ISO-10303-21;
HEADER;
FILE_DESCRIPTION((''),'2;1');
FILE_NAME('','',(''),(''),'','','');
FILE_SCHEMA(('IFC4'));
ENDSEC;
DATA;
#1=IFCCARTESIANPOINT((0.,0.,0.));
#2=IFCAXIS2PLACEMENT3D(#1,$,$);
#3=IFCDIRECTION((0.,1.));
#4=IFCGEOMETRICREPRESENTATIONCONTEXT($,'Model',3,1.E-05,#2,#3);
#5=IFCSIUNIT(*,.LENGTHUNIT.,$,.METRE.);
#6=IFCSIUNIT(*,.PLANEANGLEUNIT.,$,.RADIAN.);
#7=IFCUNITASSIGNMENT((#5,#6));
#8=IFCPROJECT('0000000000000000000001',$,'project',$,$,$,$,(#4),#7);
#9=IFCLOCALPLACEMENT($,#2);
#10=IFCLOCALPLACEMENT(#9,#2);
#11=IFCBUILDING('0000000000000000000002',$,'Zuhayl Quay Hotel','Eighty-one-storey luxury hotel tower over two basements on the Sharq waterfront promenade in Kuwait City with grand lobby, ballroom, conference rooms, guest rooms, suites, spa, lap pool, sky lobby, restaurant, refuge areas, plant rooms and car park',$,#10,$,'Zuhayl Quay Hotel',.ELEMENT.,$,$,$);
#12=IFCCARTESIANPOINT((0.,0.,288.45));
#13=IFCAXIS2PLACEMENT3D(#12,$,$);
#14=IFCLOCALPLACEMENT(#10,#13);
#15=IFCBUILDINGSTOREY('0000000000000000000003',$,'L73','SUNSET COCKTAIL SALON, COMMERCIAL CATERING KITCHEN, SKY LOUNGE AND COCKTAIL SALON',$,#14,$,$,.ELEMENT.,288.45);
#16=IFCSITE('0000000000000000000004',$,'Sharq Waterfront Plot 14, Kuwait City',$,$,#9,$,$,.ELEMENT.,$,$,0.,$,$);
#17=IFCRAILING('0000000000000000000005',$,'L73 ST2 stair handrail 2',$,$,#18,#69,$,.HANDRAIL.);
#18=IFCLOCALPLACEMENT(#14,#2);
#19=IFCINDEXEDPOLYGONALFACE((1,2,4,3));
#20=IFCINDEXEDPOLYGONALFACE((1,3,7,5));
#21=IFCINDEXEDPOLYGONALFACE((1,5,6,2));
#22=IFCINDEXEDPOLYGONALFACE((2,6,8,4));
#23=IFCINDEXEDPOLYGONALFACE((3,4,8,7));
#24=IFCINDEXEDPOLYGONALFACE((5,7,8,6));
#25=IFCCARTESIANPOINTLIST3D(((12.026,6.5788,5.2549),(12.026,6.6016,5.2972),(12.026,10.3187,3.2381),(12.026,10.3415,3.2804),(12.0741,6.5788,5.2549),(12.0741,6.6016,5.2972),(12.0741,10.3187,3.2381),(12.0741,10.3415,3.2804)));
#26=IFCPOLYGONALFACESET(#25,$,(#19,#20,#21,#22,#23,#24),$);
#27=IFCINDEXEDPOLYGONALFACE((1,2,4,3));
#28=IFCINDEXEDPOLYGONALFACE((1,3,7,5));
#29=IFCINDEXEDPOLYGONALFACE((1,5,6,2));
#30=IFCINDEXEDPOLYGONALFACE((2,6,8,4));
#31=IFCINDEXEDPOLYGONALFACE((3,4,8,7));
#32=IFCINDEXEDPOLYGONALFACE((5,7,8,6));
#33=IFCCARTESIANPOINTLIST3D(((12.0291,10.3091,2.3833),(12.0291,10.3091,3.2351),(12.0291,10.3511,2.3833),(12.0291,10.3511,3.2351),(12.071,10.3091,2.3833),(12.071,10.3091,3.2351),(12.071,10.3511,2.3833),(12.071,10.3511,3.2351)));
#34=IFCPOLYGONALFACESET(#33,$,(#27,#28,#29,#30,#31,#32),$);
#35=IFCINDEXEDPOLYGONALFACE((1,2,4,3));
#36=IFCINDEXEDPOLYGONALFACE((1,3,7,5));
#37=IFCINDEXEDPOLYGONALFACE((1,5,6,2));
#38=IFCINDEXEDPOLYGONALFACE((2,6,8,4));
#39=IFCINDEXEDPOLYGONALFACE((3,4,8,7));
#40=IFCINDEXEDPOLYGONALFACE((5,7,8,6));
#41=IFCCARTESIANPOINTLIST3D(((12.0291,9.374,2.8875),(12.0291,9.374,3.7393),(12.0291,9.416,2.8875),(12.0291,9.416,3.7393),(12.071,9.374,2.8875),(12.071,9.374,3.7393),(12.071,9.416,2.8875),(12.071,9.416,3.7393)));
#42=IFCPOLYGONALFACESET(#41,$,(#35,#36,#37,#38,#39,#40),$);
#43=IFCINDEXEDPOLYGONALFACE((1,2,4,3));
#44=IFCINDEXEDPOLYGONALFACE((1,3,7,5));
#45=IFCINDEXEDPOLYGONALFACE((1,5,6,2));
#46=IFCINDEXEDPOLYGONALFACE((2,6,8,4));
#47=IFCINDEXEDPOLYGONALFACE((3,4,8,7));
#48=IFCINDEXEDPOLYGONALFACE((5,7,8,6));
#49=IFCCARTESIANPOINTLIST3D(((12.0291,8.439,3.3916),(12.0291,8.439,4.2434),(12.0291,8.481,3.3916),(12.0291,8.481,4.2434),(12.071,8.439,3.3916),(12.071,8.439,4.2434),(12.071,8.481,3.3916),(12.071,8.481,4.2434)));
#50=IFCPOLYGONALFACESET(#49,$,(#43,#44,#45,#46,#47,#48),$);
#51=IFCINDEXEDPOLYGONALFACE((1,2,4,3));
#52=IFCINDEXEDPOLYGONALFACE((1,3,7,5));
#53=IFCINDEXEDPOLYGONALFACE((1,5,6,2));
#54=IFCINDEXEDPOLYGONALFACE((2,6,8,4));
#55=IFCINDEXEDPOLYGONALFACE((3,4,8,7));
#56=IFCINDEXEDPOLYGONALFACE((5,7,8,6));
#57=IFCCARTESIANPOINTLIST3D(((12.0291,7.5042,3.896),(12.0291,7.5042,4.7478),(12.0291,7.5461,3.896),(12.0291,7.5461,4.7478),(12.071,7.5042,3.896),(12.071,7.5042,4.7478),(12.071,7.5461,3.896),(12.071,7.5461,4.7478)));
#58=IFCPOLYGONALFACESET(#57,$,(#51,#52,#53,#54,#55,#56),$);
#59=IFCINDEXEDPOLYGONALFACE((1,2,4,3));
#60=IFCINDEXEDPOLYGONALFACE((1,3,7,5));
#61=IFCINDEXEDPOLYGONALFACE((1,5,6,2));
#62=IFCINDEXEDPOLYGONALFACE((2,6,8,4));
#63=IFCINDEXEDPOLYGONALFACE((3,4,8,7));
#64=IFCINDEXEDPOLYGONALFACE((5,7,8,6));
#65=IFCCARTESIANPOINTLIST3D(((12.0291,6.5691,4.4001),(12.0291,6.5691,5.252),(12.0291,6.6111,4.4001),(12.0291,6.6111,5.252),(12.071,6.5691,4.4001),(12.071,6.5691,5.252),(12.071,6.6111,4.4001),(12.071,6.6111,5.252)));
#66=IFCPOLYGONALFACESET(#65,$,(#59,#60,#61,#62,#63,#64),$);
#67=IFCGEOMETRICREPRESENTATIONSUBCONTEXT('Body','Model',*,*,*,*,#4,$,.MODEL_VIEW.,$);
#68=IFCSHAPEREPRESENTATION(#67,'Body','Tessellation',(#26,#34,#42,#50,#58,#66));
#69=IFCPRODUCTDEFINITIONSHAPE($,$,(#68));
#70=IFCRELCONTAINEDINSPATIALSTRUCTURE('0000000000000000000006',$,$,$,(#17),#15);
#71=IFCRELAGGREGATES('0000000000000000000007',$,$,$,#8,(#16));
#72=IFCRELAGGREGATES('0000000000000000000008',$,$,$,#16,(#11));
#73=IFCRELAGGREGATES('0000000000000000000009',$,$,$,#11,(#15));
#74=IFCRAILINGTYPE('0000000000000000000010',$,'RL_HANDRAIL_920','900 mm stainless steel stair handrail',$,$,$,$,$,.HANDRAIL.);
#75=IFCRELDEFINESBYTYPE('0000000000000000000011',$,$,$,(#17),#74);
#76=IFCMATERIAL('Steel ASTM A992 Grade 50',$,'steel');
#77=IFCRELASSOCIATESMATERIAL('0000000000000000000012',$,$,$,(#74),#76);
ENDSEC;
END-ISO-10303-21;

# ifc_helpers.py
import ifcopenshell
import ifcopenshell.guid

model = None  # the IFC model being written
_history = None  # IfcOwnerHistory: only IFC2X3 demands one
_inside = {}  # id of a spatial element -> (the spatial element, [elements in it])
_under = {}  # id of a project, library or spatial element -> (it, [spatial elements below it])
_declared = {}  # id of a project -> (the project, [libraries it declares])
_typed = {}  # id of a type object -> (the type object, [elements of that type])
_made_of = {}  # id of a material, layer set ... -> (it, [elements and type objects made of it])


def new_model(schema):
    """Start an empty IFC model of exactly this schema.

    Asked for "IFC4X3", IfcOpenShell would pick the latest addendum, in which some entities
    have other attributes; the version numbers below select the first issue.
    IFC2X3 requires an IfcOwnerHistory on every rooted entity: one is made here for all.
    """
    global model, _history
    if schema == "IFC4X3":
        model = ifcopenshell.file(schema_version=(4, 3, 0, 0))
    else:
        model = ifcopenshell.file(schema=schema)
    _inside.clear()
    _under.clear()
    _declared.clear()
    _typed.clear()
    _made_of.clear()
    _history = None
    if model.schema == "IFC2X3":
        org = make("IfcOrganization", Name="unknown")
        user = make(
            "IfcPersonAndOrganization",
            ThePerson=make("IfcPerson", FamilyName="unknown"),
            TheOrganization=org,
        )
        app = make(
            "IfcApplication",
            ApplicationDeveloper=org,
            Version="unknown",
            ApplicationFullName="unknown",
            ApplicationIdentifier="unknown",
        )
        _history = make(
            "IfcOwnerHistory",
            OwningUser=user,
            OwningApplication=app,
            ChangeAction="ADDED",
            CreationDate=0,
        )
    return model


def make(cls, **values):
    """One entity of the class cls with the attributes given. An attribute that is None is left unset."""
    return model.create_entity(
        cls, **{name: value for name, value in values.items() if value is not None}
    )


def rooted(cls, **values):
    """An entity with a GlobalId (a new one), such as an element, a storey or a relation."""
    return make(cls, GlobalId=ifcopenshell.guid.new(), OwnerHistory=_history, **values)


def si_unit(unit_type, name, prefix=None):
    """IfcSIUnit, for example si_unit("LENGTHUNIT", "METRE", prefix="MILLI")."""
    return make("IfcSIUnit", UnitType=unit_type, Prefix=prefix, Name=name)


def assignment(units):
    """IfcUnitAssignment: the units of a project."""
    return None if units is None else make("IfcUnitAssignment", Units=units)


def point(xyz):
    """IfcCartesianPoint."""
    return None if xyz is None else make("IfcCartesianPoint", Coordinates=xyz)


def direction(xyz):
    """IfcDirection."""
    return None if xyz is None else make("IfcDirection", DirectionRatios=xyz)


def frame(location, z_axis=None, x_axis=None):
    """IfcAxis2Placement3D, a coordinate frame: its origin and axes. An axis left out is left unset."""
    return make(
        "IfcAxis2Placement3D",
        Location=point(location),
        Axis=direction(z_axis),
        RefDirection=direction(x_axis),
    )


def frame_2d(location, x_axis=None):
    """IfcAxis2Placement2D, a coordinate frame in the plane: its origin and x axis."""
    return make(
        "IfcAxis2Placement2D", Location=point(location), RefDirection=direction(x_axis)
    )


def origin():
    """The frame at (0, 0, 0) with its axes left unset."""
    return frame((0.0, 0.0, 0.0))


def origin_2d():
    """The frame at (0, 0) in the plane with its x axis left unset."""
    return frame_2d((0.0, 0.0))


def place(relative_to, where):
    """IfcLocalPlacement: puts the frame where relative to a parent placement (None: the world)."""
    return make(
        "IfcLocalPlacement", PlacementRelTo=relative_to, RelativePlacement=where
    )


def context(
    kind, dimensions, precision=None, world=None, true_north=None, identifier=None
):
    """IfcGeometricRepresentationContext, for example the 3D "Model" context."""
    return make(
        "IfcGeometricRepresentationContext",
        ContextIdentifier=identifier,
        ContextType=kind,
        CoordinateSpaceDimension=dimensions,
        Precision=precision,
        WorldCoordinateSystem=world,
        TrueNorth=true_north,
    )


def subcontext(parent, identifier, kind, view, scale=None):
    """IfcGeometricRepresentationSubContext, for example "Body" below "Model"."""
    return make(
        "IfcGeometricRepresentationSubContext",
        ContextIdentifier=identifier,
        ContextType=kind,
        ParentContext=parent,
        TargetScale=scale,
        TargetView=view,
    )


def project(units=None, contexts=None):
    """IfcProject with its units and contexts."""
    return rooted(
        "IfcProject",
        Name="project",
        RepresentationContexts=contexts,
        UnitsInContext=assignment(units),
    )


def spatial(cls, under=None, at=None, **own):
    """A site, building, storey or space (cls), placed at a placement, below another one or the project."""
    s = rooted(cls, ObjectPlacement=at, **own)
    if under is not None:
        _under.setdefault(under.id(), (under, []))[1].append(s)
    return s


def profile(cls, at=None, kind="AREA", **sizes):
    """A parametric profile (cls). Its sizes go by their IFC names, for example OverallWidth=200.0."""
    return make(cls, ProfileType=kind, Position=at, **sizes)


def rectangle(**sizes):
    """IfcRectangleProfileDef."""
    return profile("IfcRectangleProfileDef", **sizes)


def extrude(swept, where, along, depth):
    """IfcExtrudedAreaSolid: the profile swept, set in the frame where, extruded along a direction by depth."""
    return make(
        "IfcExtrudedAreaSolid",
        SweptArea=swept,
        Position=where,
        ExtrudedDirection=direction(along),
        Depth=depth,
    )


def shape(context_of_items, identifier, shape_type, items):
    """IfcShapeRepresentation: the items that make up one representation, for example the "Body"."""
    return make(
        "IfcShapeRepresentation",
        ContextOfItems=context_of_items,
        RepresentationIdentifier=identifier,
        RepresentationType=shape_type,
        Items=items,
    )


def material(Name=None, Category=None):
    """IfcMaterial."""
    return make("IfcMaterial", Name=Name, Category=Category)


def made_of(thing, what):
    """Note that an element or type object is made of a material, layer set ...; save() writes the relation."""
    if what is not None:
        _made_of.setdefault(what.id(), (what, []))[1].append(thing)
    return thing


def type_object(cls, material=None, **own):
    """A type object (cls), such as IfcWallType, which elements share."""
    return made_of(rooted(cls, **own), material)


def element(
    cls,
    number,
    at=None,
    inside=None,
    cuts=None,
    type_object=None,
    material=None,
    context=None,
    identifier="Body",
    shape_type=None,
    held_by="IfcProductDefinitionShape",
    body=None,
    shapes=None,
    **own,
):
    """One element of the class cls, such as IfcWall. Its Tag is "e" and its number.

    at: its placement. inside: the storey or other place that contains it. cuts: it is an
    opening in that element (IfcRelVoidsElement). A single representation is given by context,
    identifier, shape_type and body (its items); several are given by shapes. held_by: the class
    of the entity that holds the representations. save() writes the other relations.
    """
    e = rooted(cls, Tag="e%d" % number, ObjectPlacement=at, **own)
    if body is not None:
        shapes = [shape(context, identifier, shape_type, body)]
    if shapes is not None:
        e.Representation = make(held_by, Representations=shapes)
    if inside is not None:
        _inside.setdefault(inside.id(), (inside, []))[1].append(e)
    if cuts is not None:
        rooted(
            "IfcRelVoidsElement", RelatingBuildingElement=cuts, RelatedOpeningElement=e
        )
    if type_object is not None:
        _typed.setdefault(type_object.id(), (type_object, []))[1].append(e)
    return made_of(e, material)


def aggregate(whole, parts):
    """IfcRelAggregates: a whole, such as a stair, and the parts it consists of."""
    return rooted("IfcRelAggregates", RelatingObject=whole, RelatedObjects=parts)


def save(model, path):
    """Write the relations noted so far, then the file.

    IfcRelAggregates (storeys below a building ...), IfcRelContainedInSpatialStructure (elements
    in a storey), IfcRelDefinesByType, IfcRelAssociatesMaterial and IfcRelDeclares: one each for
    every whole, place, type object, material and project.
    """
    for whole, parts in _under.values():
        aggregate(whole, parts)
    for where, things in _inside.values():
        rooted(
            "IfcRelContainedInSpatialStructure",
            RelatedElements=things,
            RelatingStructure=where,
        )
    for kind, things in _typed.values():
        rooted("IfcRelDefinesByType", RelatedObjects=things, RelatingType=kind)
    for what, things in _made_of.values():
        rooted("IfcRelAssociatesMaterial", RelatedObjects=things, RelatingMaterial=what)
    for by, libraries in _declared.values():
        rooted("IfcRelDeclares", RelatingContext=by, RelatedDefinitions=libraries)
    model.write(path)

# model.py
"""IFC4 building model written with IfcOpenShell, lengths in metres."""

from ifc_helpers import new_model, si_unit, direction, frame, origin, origin_2d, place, context, subcontext, project, spatial, rectangle, extrude, material, type_object, element, save


model = new_model("IFC4")

# Units and contexts
model_context = context("Model", 3, precision=1e-05, world=origin(), true_north=direction((0.0, 1.0)))
body_context = subcontext(model_context, "Body", "Model", "MODEL_VIEW")
ifc_project = project(units=[si_unit("LENGTHUNIT", "METRE"), si_unit("PLANEANGLEUNIT", "RADIAN")], contexts=[model_context])

# Site, building, storey
site_placement = place(None, origin())
site = spatial("IfcSite", under=ifc_project, at=site_placement, Name="Sharq Waterfront Plot 14, Kuwait City", CompositionType="ELEMENT", RefElevation=0.0)
building_placement = place(site_placement, origin())
building = spatial("IfcBuilding", under=site, at=building_placement, Name="Zuhayl Quay Hotel", Description="Eighty-one-storey luxury hotel tower over two basements on the Sharq waterfront promenade in Kuwait City with grand lobby, ballroom, conference rooms, guest rooms, suites, spa, lap pool, sky lobby, restaurant, refuge areas, plant rooms and car park", LongName="Zuhayl Quay Hotel", CompositionType="ELEMENT")
storey_placement = place(building_placement, frame((0.0, 0.0, 288.45)))
storey = spatial("IfcBuildingStorey", under=building, at=storey_placement, Name="L73", Description="SUNSET COCKTAIL SALON, COMMERCIAL CATERING KITCHEN, SKY LOUNGE AND COCKTAIL SALON", CompositionType="ELEMENT", Elevation=288.45)

# Railing
ifc_material_1 = material(Name="Steel ASTM A992 Grade 50", Category="steel")
railing_type = type_object("IfcRailingType", Name="RL_HANDRAIL_920", Description="900 mm stainless steel stair handrail", PredefinedType="HANDRAIL", material=ifc_material_1)
railing_placement = place(storey_placement, frame((12.05, 10.3301, 2.3833)))
element("IfcRailing", 1, at=railing_placement, inside=storey, type_object=railing_type, Name="L73 ST2 stair handrail 2", PredefinedType="HANDRAIL", context=body_context, shape_type="SweptSolid", body=[
    extrude(rectangle(XDim=0.0481, YDim=0.0481, at=origin_2d()), frame((0.0, 0.0, 0.876), z_axis=(0.0, -0.880176, 0.474648), x_axis=(1.0, 0.0, 0.0)), (0.0, 0.0, 1.0), 4.249),
    extrude(rectangle(XDim=0.042, YDim=0.042, at=origin_2d()), origin(), (0.0, 0.0, 1.0), 0.8518),
    extrude(rectangle(XDim=0.042, YDim=0.042, at=origin_2d()), frame((0.0, -0.9351, 0.5042)), (0.0, 0.0, 1.0), 0.8518),
    extrude(rectangle(XDim=0.042, YDim=0.042, at=origin_2d()), frame((0.0, -1.8701, 1.0083)), (0.0, 0.0, 1.0), 0.8518),
    extrude(rectangle(XDim=0.042, YDim=0.042, at=origin_2d()), frame((0.0, -2.8049, 1.5127)), (0.0, 0.0, 1.0), 0.8518),
    extrude(rectangle(XDim=0.042, YDim=0.042, at=origin_2d()), frame((0.0, -3.74, 2.0168)), (0.0, 0.0, 1.0), 0.8518),
])

save(model, "model.ifc")
